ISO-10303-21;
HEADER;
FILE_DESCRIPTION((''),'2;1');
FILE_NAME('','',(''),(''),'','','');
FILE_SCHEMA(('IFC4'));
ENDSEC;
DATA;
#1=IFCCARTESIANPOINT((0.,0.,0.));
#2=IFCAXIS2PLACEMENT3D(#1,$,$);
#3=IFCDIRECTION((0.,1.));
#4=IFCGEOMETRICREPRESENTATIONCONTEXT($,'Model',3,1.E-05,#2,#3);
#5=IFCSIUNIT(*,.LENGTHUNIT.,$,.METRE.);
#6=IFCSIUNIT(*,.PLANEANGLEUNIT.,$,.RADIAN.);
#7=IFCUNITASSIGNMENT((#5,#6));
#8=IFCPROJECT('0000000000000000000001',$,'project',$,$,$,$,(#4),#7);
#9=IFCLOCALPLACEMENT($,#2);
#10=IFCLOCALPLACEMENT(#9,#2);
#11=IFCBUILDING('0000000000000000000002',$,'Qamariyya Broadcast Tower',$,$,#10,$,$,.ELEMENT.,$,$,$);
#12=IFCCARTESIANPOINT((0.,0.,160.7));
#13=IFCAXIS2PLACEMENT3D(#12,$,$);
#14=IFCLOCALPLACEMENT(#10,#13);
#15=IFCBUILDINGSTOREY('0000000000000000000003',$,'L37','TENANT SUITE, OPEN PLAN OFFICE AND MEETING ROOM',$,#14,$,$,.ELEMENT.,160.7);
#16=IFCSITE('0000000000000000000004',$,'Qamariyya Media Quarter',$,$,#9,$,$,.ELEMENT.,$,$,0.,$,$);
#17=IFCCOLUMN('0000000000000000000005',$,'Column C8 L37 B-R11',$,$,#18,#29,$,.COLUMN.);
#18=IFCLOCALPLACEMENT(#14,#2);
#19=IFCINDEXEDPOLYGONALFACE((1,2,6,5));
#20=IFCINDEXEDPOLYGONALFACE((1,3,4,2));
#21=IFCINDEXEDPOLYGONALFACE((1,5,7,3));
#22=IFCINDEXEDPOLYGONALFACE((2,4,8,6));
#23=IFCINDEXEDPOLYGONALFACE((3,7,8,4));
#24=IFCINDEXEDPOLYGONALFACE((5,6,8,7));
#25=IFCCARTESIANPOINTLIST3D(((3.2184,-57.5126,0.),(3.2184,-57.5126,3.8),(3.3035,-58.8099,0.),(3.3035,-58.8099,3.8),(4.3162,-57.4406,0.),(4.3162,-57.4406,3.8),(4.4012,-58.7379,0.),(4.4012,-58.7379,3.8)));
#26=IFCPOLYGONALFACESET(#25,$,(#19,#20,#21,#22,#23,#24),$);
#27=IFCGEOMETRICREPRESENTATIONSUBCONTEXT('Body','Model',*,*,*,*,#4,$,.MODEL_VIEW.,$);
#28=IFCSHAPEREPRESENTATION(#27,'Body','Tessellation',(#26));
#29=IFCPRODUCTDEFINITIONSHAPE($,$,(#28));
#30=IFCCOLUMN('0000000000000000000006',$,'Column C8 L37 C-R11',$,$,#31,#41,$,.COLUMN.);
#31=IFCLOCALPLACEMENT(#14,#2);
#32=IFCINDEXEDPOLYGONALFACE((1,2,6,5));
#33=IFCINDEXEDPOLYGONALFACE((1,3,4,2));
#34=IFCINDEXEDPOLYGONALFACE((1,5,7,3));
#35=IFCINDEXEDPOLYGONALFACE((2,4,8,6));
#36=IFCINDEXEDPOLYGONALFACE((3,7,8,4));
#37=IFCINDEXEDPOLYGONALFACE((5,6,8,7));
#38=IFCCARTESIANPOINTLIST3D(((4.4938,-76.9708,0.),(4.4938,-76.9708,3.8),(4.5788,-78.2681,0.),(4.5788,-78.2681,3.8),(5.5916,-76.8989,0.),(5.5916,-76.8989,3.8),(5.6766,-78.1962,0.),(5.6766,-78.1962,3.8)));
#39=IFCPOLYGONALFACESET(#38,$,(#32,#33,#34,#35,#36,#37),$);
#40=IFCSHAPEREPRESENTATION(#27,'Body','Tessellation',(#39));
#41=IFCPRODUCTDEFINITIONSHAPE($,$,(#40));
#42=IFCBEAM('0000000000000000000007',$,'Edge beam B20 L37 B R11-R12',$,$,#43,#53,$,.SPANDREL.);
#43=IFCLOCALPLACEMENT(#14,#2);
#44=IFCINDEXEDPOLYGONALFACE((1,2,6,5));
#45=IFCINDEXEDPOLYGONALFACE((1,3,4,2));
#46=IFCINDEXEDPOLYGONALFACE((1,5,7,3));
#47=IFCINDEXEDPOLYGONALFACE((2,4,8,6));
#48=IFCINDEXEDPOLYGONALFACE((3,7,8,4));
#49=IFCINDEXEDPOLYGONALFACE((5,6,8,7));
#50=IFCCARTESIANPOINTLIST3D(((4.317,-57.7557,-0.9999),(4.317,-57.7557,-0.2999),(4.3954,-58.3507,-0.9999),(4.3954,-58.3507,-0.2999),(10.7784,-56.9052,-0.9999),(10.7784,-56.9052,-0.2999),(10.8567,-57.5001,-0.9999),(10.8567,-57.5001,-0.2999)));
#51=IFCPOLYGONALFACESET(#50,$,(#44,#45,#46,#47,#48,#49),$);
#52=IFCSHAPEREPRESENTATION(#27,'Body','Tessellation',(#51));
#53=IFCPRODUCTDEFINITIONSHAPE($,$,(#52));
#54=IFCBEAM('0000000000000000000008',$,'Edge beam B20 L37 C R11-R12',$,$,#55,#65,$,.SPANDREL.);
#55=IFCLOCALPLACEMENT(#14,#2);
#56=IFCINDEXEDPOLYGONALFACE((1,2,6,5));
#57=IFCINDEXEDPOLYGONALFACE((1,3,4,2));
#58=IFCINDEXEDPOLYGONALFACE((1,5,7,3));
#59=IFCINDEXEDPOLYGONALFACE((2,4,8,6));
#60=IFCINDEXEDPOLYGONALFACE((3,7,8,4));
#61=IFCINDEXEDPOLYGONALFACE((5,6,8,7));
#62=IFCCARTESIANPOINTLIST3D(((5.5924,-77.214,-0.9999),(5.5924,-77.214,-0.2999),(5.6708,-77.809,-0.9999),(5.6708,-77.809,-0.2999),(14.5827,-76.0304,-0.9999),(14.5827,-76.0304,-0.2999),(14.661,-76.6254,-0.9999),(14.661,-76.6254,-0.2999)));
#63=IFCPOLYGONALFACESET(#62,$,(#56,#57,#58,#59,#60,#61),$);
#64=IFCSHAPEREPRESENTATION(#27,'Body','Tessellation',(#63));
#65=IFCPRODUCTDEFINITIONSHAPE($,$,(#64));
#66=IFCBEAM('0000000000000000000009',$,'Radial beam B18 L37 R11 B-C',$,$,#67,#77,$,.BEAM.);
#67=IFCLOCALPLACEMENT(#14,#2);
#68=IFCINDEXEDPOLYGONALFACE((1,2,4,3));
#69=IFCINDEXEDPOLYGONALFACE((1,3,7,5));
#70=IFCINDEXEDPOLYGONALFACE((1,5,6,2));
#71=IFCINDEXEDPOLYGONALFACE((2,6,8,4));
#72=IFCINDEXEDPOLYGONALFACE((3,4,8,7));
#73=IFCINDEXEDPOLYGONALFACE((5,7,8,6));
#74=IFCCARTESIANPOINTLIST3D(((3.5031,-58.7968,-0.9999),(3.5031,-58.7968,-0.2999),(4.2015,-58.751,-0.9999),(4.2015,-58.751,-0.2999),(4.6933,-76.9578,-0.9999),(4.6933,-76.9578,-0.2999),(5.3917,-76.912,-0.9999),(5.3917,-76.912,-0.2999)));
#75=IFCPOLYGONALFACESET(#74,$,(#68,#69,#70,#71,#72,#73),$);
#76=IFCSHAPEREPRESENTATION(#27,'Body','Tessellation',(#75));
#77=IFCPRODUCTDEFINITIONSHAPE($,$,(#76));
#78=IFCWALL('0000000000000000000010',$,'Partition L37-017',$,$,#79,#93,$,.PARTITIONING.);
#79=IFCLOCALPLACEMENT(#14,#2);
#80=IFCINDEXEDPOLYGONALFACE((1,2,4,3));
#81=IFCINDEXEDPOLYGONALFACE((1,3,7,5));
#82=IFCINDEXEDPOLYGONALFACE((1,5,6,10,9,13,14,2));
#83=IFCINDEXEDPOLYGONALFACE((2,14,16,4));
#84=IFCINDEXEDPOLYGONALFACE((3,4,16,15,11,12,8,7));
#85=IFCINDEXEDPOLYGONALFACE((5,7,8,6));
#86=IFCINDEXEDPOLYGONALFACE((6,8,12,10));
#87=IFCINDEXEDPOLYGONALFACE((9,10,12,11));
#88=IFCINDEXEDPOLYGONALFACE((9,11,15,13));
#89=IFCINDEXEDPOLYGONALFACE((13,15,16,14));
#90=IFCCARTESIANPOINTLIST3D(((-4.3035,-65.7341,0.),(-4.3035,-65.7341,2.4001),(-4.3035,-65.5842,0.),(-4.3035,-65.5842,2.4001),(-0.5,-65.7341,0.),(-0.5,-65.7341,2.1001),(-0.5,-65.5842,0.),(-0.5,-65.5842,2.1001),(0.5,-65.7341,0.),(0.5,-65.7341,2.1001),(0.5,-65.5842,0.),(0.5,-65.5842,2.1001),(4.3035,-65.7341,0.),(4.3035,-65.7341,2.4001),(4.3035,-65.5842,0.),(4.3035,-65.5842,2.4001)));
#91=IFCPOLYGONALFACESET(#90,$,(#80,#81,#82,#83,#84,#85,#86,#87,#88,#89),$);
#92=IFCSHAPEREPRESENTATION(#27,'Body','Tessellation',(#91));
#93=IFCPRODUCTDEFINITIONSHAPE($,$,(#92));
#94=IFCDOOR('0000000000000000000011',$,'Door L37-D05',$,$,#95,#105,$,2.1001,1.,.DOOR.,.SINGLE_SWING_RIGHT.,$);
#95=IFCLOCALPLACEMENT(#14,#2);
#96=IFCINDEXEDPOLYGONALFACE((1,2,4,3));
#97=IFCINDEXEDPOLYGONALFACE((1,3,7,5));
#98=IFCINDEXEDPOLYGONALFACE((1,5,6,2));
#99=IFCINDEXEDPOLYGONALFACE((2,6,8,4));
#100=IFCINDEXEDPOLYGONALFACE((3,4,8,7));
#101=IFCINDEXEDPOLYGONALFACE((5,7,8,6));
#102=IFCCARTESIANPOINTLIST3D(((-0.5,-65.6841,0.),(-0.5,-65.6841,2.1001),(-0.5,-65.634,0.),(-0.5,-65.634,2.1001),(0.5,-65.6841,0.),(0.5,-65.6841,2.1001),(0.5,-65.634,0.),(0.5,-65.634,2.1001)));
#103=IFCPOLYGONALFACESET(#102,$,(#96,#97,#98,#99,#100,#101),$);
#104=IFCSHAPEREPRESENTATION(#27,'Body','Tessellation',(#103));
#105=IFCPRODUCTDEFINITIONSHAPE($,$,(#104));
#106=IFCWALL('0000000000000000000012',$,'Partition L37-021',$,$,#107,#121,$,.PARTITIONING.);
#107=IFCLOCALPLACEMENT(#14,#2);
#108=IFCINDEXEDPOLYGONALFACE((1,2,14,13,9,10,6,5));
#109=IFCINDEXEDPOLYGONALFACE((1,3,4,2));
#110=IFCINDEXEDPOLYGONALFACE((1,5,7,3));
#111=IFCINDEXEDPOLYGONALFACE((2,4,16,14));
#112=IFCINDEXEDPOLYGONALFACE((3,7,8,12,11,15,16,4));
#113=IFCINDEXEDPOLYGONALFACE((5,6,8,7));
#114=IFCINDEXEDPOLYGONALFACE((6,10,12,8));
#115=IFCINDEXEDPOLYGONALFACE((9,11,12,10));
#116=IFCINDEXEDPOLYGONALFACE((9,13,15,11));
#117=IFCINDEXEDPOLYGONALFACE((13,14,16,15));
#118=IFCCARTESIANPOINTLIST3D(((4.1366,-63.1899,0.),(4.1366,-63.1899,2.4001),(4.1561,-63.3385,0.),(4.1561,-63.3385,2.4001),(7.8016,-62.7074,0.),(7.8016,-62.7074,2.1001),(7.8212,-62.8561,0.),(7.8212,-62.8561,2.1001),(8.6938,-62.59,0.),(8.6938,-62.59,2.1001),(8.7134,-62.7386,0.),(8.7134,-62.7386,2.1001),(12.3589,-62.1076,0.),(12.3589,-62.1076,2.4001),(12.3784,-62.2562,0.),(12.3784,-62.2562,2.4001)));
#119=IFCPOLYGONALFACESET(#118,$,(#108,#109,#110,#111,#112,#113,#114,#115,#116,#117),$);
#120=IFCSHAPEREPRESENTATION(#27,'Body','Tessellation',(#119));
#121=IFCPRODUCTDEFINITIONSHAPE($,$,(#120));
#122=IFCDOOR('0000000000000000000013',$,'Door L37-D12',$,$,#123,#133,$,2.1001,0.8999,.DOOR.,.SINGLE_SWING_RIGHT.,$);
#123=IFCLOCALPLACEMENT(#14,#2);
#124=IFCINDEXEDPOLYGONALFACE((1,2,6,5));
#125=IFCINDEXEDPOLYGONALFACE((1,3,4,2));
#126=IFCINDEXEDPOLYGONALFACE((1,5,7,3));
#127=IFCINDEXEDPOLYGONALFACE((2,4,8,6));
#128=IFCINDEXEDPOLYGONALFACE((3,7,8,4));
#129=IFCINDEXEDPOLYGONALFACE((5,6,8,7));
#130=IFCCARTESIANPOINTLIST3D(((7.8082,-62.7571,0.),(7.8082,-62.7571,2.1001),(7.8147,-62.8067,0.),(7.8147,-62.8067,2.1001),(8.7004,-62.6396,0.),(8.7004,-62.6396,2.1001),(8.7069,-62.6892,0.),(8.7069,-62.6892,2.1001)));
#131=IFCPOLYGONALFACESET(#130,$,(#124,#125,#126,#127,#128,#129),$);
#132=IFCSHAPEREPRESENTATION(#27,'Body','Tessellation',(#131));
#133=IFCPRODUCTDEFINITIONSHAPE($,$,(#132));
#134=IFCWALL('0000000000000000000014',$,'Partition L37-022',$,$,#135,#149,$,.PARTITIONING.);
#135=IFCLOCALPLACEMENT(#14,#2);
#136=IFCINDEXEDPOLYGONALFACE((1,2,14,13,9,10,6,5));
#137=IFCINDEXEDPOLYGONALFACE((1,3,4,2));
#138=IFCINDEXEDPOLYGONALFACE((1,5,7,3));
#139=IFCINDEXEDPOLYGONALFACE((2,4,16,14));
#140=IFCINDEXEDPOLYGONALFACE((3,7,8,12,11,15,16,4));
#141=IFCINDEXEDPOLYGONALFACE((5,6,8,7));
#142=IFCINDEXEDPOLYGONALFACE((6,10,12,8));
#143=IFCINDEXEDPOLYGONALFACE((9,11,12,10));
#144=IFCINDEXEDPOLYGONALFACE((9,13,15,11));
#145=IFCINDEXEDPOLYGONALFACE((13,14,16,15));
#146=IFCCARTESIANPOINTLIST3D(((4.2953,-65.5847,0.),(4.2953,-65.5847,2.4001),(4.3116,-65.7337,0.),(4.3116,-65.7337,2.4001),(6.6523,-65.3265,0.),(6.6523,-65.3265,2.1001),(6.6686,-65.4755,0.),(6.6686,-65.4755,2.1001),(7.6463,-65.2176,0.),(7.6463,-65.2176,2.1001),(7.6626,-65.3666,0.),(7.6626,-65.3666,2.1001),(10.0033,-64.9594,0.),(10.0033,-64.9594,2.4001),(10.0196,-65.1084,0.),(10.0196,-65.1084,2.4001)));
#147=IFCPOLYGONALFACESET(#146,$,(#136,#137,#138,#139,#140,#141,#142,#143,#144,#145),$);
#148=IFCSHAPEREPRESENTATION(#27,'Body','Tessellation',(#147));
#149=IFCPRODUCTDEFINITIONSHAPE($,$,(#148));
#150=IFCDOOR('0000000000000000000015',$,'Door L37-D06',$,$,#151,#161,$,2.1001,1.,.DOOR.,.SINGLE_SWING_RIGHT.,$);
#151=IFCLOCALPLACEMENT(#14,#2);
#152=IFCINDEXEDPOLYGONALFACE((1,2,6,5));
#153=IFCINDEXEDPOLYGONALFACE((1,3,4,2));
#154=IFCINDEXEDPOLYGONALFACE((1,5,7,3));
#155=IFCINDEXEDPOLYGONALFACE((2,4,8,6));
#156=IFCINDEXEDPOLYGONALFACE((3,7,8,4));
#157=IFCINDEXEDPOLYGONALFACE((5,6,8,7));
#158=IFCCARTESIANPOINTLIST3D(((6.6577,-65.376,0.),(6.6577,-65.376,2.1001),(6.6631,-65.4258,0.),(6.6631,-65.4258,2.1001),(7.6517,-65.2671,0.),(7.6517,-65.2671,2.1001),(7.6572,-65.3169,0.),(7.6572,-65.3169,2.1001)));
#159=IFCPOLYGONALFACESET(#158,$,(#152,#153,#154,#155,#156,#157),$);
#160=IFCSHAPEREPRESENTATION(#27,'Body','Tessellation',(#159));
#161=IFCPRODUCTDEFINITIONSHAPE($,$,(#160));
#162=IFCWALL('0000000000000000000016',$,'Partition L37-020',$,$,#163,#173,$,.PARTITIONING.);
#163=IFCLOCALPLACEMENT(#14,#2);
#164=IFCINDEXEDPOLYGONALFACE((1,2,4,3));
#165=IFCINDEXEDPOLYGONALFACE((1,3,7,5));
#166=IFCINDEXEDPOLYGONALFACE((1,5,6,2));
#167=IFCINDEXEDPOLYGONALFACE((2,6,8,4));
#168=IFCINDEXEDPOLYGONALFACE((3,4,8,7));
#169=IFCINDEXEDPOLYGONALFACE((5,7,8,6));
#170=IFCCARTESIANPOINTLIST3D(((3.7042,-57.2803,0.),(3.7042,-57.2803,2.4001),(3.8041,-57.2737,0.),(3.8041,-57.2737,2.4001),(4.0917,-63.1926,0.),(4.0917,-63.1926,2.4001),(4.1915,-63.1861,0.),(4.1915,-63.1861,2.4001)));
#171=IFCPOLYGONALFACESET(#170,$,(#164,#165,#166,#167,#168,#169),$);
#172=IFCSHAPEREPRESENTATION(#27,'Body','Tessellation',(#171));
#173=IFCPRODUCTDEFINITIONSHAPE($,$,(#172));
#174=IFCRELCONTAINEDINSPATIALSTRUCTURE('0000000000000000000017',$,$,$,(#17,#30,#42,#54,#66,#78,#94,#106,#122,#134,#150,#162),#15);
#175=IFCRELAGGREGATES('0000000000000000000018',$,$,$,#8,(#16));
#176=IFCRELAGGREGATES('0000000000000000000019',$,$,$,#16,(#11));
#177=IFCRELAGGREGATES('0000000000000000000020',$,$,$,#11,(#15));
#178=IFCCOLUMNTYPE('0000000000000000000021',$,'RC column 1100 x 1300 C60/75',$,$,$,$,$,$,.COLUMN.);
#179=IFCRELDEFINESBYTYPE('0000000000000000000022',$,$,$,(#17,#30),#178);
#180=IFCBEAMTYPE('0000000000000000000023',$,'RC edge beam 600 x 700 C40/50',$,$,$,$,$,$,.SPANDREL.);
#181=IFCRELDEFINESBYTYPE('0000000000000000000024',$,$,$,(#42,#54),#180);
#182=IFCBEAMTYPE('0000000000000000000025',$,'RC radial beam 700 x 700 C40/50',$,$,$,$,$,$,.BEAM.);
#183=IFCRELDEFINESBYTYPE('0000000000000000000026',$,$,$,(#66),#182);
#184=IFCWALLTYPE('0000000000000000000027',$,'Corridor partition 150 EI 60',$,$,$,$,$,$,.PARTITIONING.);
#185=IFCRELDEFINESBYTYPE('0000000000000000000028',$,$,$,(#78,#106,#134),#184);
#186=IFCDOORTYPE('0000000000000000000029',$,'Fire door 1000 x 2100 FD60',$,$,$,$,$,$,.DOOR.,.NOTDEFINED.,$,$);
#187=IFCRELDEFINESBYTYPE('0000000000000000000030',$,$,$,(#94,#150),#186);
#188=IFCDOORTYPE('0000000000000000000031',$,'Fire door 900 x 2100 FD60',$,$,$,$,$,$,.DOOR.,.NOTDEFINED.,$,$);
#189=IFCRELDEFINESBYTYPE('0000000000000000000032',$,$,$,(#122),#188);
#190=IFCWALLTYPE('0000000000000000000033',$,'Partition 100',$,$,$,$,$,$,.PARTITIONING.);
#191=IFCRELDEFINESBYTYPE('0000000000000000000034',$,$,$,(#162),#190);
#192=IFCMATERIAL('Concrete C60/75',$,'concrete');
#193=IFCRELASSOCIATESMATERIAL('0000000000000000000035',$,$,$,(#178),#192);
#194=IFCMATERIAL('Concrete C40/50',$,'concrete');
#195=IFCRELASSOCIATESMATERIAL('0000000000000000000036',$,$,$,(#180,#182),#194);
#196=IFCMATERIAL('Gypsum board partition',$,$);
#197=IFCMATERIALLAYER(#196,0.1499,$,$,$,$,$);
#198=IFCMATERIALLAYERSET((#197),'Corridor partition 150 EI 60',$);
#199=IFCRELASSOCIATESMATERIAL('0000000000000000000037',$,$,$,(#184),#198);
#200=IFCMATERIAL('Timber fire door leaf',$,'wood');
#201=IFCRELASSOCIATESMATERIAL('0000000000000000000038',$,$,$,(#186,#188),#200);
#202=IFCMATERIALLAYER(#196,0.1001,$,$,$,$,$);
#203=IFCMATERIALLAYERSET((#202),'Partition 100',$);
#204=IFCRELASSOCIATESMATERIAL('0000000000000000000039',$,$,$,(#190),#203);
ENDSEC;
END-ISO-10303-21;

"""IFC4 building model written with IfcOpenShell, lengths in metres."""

from ifc_helpers import new_model, si_unit, direction, frame, frame_2d, origin, origin_2d, place, context, subcontext, project, spatial, rectangle, extrude, material, layer, layer_set, material_profile, profile_set, type_object, element, fill, save


model = new_model("IFC4")

# Units and contexts
model_context = context("Model", 3, precision=1e-05, world=origin(), true_north=direction((0.0, 1.0)))
body_context = subcontext(model_context, "Body", "Model", "MODEL_VIEW")
ifc_project = project(units=[si_unit("LENGTHUNIT", "METRE"), si_unit("PLANEANGLEUNIT", "RADIAN")], contexts=[model_context])

# Site, building, storey
site_placement = place(None, origin())
site = spatial("IfcSite", under=ifc_project, at=site_placement, Name="Qamariyya Media Quarter", CompositionType="ELEMENT", RefElevation=0.0)
building_placement = place(site_placement, origin())
building = spatial("IfcBuilding", under=site, at=building_placement, Name="Qamariyya Broadcast Tower", CompositionType="ELEMENT")
storey_placement = place(building_placement, frame((0.0, 0.0, 160.7)))
storey = spatial("IfcBuildingStorey", under=building, at=storey_placement, Name="L37", Description="TENANT SUITE, OPEN PLAN OFFICE AND MEETING ROOM", CompositionType="ELEMENT", Elevation=160.7)

# Columns
ifc_material_1 = material(Name="Concrete C60/75", Category="concrete")
ifc_material_profile_1 = material_profile(ifc_material_1, rectangle(XDim=1.1001, YDim=1.3, at=origin_2d()))
ifc_profile_set_1 = profile_set([ifc_material_profile_1], Name="Concrete C60/75")
column_type = type_object("IfcColumnType", Name="RC column 1100 x 1300 C60/75", PredefinedType="COLUMN", material=ifc_profile_set_1)
for number, where, z_axis, x_axis, name in (
    (1, (3.8098, -58.1252, 0.0), (0.0, 0.0, 1.0), (0.997859, 0.065403, 0.0), "Column C8 L37 B-R11"),
    (2, (5.0852, -77.5835, 0.0), (0.0, 0.0, 1.0), (0.997859, 0.065403, 0.0), "Column C8 L37 C-R11"),
):
    element("IfcColumn", number, at=place(storey_placement, frame(where, z_axis=z_axis, x_axis=x_axis)), inside=storey, type_object=column_type, Name=name, PredefinedType="COLUMN", context=body_context, shape_type="SweptSolid", body=[
        extrude(rectangle(XDim=1.1001, YDim=1.3, at=origin_2d()), origin(), (0.0, 0.0, 1.0), 3.8),
    ])

# Beams
ifc_material_2 = material(Name="Concrete C40/50", Category="concrete")
ifc_material_profile_2 = material_profile(ifc_material_2, rectangle(XDim=0.6001, YDim=0.7, at=origin_2d()))
ifc_profile_set_2 = profile_set([ifc_material_profile_2], Name="Concrete C40/50")
beam_type_1 = type_object("IfcBeamType", Name="RC edge beam 600 x 700 C40/50", PredefinedType="SPANDREL", material=ifc_profile_set_2)
beam_1_placement = place(storey_placement, frame((4.3562, -58.0532, -0.6499), z_axis=(0.991446, 0.130515, 0.0), x_axis=(-0.130515, 0.991446, 0.0)))
element("IfcBeam", 3, at=beam_1_placement, inside=storey, type_object=beam_type_1, Name="Edge beam B20 L37 B R11-R12", PredefinedType="SPANDREL", context=body_context, shape_type="SweptSolid", body=[
    extrude(rectangle(XDim=0.6001, YDim=0.7, at=origin_2d()), origin(), (0.0, 0.0, 1.0), 6.5171),
])
beam_2_placement = place(storey_placement, frame((5.6316, -77.5115, -0.6499), z_axis=(0.991445, 0.130527, 0.0), x_axis=(-0.130527, 0.991445, 0.0)))
element("IfcBeam", 4, at=beam_2_placement, inside=storey, type_object=beam_type_1, Name="Edge beam B20 L37 C R11-R12", PredefinedType="SPANDREL", context=body_context, shape_type="SweptSolid", body=[
    extrude(rectangle(XDim=0.6001, YDim=0.7, at=origin_2d()), origin(), (0.0, 0.0, 1.0), 9.0679),
])
ifc_material_profile_3 = material_profile(ifc_material_2, rectangle(XDim=0.7, YDim=0.7, at=origin_2d()))
ifc_profile_set_3 = profile_set([ifc_material_profile_3], Name="Concrete C40/50")
beam_type_2 = type_object("IfcBeamType", Name="RC radial beam 700 x 700 C40/50", PredefinedType="BEAM", material=ifc_profile_set_3)
beam_3_placement = place(storey_placement, frame((3.8523, -58.7739, -0.6499), z_axis=(0.065395, -0.997859, 0.0), x_axis=(0.997859, 0.065395, 0.0)))
element("IfcBeam", 5, at=beam_3_placement, inside=storey, type_object=beam_type_2, Name="Radial beam B18 L37 R11 B-C", PredefinedType="BEAM", context=body_context, shape_type="SweptSolid", body=[
    extrude(rectangle(XDim=0.7, YDim=0.7, at=origin_2d()), origin(), (0.0, 0.0, 1.0), 18.2),
])

# Walls, openings, doors
ifc_material_3 = material(Name="Gypsum board partition")
ifc_layer_1 = layer(ifc_material_3, 0.1499)
ifc_layer_set_1 = layer_set([ifc_layer_1], Name="Corridor partition 150 EI 60")
wall_type_1 = type_object("IfcWallType", Name="Corridor partition 150 EI 60", PredefinedType="PARTITIONING", material=ifc_layer_set_1)
wall_1_placement = place(storey_placement, frame((4.3035, -65.6592, 0.0), z_axis=(0.0, 0.0, 1.0), x_axis=(-1.0, 0.0, 0.0)))
wall_1 = element("IfcWall", 6, at=wall_1_placement, inside=storey, type_object=wall_type_1, Name="Partition L37-017", PredefinedType="PARTITIONING", context=body_context, shape_type="SweptSolid", body=[
    extrude(rectangle(XDim=8.6069, YDim=0.1499, at=frame_2d((4.3035, 0.0))), origin(), (0.0, 0.0, 1.0), 2.4001),
])
opening_1_placement = place(wall_1_placement, frame((3.8035, 0.0, 0.0)))
opening_1 = element("IfcOpeningElement", 7, at=opening_1_placement, cuts=wall_1, PredefinedType="OPENING", context=body_context, shape_type="SweptSolid", body=[
    extrude(rectangle(XDim=1.0, YDim=2.1001, at=frame_2d((0.5, 1.05))), frame((0.0, 0.085, 0.0), z_axis=(0.0, -1.0, 0.0), x_axis=(1.0, 0.0, 0.0)), (0.0, 0.0, 1.0), 0.1699),
])
ifc_material_4 = material(Name="Timber fire door leaf", Category="wood")
door_type_1 = type_object("IfcDoorType", Name="Fire door 1000 x 2100 FD60", OperationType="NOTDEFINED", PredefinedType="DOOR", material=ifc_material_4)
door_1_placement = place(opening_1_placement, origin())
door_1 = element("IfcDoor", 8, at=door_1_placement, inside=storey, type_object=door_type_1, Name="Door L37-D05", OperationType="SINGLE_SWING_RIGHT", OverallHeight=2.1001, OverallWidth=1.0, PredefinedType="DOOR", context=body_context, shape_type="SweptSolid", body=[
    extrude(rectangle(XDim=1.0, YDim=2.1001, at=frame_2d((0.5, 1.05))), frame((0.0, 0.0249, 0.0), z_axis=(0.0, -1.0, 0.0), x_axis=(1.0, 0.0, 0.0)), (0.0, 0.0, 1.0), 0.05),
])
fill(opening_1, door_1)
wall_2_placement = place(storey_placement, frame((4.1465, -63.2642, 0.0), z_axis=(0.0, 0.0, 1.0), x_axis=(0.991448, 0.130503, 0.0)))
wall_2 = element("IfcWall", 9, at=wall_2_placement, inside=storey, type_object=wall_type_1, Name="Partition L37-021", PredefinedType="PARTITIONING", context=body_context, shape_type="SweptSolid", body=[
    extrude(rectangle(XDim=8.2932, YDim=0.1499, at=frame_2d((4.1465, 0.0))), origin(), (0.0, 0.0, 1.0), 2.4001),
])
opening_2_placement = place(wall_2_placement, frame((3.6965, 0.0, 0.0)))
opening_2 = element("IfcOpeningElement", 10, at=opening_2_placement, cuts=wall_2, PredefinedType="OPENING", context=body_context, shape_type="SweptSolid", body=[
    extrude(rectangle(XDim=0.8999, YDim=2.1001, at=frame_2d((0.45, 1.05))), frame((0.0, 0.085, 0.0), z_axis=(0.0, -1.0, 0.0), x_axis=(1.0, 0.0, 0.0)), (0.0, 0.0, 1.0), 0.1699),
])
door_type_2 = type_object("IfcDoorType", Name="Fire door 900 x 2100 FD60", OperationType="NOTDEFINED", PredefinedType="DOOR", material=ifc_material_4)
door_2_placement = place(opening_2_placement, origin())
door_2 = element("IfcDoor", 11, at=door_2_placement, inside=storey, type_object=door_type_2, Name="Door L37-D12", OperationType="SINGLE_SWING_RIGHT", OverallHeight=2.1001, OverallWidth=0.8999, PredefinedType="DOOR", context=body_context, shape_type="SweptSolid", body=[
    extrude(rectangle(XDim=0.8999, YDim=2.1001, at=frame_2d((0.45, 1.05))), frame((0.0, 0.0249, 0.0), z_axis=(0.0, -1.0, 0.0), x_axis=(1.0, 0.0, 0.0)), (0.0, 0.0, 1.0), 0.05),
])
fill(opening_2, door_2)
wall_3_placement = place(storey_placement, frame((10.0115, -65.0339, 0.0), z_axis=(0.0, 0.0, 1.0), x_axis=(-0.994054, -0.108887, 0.0)))
wall_3 = element("IfcWall", 12, at=wall_3_placement, inside=storey, type_object=wall_type_1, Name="Partition L37-022", PredefinedType="PARTITIONING", context=body_context, shape_type="SweptSolid", body=[
    extrude(rectangle(XDim=5.7422, YDim=0.1499, at=frame_2d((2.8711, 0.0))), origin(), (0.0, 0.0, 1.0), 2.4001),
])
opening_3_placement = place(wall_3_placement, frame((2.3711, 0.0, 0.0)))
opening_3 = element("IfcOpeningElement", 13, at=opening_3_placement, cuts=wall_3, PredefinedType="OPENING", context=body_context, shape_type="SweptSolid", body=[
    extrude(rectangle(XDim=1.0, YDim=2.1001, at=frame_2d((0.5, 1.05))), frame((0.0, 0.085, 0.0), z_axis=(0.0, -1.0, 0.0), x_axis=(1.0, 0.0, 0.0)), (0.0, 0.0, 1.0), 0.1699),
])
door_3_placement = place(opening_3_placement, origin())
door_3 = element("IfcDoor", 14, at=door_3_placement, inside=storey, type_object=door_type_1, Name="Door L37-D06", OperationType="SINGLE_SWING_RIGHT", OverallHeight=2.1001, OverallWidth=1.0, PredefinedType="DOOR", context=body_context, shape_type="SweptSolid", body=[
    extrude(rectangle(XDim=1.0, YDim=2.1001, at=frame_2d((0.5, 1.05))), frame((0.0, 0.0249, 0.0), z_axis=(0.0, -1.0, 0.0), x_axis=(1.0, 0.0, 0.0)), (0.0, 0.0, 1.0), 0.05),
])
fill(opening_3, door_3)

# Wall
ifc_layer_2 = layer(ifc_material_3, 0.1001)
ifc_layer_set_2 = layer_set([ifc_layer_2], Name="Partition 100")
wall_type_2 = type_object("IfcWallType", Name="Partition 100", PredefinedType="PARTITIONING", material=ifc_layer_set_2)
wall_4_placement = place(storey_placement, frame((3.7542, -57.2771, 0.0), z_axis=(0.0, 0.0, 1.0), x_axis=(0.065392, -0.99786, 0.0)))
element("IfcWall", 15, at=wall_4_placement, inside=storey, type_object=wall_type_2, Name="Partition L37-020", PredefinedType="PARTITIONING", context=body_context, shape_type="SweptSolid", body=[
    extrude(rectangle(XDim=5.925, YDim=0.1001, at=frame_2d((2.9624, 0.0))), origin(), (0.0, 0.0, 1.0), 2.4001),
])

save(model, "model.ifc")
